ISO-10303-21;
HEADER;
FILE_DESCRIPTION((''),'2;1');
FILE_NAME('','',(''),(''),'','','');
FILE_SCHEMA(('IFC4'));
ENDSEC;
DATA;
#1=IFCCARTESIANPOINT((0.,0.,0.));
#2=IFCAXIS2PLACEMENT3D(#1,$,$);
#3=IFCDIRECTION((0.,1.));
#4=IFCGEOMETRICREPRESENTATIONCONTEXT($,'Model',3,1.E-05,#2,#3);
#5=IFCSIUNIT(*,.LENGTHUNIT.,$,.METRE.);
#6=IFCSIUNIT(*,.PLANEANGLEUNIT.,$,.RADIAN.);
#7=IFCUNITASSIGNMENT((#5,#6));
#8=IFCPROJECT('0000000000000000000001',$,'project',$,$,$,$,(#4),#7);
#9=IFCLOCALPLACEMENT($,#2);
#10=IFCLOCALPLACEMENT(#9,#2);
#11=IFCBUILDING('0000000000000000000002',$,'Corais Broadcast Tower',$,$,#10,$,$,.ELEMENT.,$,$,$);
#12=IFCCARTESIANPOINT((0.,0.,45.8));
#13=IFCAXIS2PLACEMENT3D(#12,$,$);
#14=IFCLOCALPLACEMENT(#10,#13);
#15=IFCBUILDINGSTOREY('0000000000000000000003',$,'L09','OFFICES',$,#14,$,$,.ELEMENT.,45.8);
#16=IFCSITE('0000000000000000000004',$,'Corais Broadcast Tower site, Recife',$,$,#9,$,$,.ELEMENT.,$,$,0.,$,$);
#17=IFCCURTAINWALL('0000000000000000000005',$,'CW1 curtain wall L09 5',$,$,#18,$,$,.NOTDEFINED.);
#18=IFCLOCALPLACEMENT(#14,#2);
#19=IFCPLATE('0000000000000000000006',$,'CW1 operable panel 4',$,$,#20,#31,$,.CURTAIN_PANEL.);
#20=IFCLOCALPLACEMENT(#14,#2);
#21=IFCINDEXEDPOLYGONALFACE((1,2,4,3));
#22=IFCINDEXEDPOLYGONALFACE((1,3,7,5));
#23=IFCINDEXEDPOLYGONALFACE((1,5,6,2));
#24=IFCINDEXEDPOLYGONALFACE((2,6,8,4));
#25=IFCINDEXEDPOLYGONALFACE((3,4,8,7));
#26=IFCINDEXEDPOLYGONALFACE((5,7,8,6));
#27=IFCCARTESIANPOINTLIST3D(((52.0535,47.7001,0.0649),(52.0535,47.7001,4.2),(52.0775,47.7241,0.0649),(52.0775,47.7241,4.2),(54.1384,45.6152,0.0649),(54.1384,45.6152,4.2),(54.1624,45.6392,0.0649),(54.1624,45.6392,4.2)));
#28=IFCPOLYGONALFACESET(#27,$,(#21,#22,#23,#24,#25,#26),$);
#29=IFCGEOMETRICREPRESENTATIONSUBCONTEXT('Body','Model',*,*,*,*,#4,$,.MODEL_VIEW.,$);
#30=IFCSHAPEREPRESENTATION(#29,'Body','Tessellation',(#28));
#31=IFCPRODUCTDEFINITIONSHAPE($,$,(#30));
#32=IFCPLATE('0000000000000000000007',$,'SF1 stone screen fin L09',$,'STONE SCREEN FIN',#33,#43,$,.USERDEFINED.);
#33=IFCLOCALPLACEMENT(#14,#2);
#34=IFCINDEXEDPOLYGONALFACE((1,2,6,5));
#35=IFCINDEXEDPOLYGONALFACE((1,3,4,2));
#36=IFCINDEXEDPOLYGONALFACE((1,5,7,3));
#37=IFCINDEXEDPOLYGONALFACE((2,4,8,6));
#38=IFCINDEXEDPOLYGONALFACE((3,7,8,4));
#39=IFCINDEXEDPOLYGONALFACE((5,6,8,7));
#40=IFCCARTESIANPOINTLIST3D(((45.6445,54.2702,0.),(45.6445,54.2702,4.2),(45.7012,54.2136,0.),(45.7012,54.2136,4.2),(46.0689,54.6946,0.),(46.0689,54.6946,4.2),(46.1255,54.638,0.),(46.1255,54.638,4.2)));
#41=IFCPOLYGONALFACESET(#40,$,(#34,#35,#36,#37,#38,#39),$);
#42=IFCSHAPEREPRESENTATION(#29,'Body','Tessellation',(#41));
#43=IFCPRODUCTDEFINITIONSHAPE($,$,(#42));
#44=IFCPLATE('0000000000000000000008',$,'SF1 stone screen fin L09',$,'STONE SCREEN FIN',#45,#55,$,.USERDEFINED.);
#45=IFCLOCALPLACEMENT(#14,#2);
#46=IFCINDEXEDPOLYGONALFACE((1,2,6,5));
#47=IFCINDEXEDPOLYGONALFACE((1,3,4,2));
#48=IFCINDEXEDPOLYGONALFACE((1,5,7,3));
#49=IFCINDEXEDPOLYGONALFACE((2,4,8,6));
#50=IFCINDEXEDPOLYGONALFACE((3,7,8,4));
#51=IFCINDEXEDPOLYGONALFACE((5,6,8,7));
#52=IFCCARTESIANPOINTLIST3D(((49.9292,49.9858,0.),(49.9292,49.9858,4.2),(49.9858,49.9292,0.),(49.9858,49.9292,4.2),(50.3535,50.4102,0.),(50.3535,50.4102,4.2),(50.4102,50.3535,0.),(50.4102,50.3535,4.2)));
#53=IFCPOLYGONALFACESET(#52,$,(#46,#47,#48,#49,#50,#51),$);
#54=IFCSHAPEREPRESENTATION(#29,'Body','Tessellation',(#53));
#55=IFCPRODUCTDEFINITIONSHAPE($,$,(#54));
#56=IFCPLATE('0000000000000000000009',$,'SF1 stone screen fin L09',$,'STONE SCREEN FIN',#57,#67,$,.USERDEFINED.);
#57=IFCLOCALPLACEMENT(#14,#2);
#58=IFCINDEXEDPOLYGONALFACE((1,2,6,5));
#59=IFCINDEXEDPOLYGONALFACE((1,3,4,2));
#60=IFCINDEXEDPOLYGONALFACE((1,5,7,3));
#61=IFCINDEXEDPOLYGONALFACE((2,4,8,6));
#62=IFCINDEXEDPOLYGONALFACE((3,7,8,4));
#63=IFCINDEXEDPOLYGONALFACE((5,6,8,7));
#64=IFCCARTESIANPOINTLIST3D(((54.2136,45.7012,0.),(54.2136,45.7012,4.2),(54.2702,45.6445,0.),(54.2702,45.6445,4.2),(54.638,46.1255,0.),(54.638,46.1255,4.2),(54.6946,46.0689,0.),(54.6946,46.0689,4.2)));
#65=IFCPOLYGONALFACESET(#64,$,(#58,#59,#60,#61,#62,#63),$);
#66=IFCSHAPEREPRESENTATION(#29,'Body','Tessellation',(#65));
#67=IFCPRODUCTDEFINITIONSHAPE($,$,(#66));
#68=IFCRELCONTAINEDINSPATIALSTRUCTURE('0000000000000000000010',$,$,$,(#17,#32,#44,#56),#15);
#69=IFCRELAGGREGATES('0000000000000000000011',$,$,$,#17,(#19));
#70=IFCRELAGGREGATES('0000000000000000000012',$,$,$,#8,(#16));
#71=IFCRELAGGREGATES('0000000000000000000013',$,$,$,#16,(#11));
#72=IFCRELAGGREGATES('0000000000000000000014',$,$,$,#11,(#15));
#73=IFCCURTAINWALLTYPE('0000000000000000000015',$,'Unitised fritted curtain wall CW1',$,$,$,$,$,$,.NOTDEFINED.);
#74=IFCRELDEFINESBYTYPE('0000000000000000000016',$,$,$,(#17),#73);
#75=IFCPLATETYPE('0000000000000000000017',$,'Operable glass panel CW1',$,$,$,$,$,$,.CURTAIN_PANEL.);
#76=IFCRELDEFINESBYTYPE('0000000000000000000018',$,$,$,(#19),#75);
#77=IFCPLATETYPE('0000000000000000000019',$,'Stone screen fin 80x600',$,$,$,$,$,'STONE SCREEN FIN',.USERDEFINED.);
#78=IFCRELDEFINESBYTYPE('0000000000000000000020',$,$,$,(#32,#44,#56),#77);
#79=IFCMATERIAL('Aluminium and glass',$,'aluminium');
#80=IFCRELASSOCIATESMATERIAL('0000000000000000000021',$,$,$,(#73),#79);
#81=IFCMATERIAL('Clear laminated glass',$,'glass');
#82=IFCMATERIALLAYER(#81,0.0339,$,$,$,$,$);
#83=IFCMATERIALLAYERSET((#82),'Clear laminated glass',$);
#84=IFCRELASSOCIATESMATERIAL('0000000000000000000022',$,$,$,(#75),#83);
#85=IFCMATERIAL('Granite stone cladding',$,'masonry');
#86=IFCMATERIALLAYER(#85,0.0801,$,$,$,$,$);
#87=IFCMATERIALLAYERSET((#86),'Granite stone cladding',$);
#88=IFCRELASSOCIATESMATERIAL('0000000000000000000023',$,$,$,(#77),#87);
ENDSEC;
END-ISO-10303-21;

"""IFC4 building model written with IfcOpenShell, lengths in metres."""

from ifc_helpers import new_model, si_unit, direction, frame, origin, origin_2d, place, context, subcontext, project, spatial, rectangle, extrude, material, layer, layer_set, type_object, element, aggregate, save


model = new_model("IFC4")

# Units and contexts
model_context = context("Model", 3, precision=1e-05, world=origin(), true_north=direction((0.0, 1.0)))
body_context = subcontext(model_context, "Body", "Model", "MODEL_VIEW")
ifc_project = project(units=[si_unit("LENGTHUNIT", "METRE"), si_unit("PLANEANGLEUNIT", "RADIAN")], contexts=[model_context])

# Site, building, storey
site_placement = place(None, origin())
site = spatial("IfcSite", under=ifc_project, at=site_placement, Name="Corais Broadcast Tower site, Recife", CompositionType="ELEMENT", RefElevation=0.0)
building_placement = place(site_placement, origin())
building = spatial("IfcBuilding", under=site, at=building_placement, Name="Corais Broadcast Tower", CompositionType="ELEMENT")
storey_placement = place(building_placement, frame((0.0, 0.0, 45.8)))
storey = spatial("IfcBuildingStorey", under=building, at=storey_placement, Name="L09", Description="OFFICES", CompositionType="ELEMENT", Elevation=45.8)

# Shared definitions
ifc_material_1 = material(Name="Aluminium and glass", Category="aluminium")
curtain_wall_type = type_object("IfcCurtainWallType", Name="Unitised fritted curtain wall CW1", PredefinedType="NOTDEFINED", material=ifc_material_1)

# Curtain wall
curtain_wall_1_placement = place(storey_placement, origin())
curtain_wall_1 = element("IfcCurtainWall", 1, at=curtain_wall_1_placement, inside=storey, type_object=curtain_wall_type, Name="CW1 curtain wall L09 5", PredefinedType="NOTDEFINED")

# Plate
ifc_material_2 = material(Name="Clear laminated glass", Category="glass")
ifc_layer_1 = layer(ifc_material_2, 0.0339)
ifc_layer_set_1 = layer_set([ifc_layer_1], Name="Clear laminated glass")
plate_type_1 = type_object("IfcPlateType", Name="Operable glass panel CW1", PredefinedType="CURTAIN_PANEL", material=ifc_layer_set_1)
plate_1_placement = place(storey_placement, frame((53.1079, 46.6697, 0.0649), z_axis=(0.0, 0.0, 1.0), x_axis=(0.707107, -0.707107, 0.0)))
plate_1 = element("IfcPlate", 2, at=plate_1_placement, type_object=plate_type_1, Name="CW1 operable panel 4", PredefinedType="CURTAIN_PANEL", context=body_context, shape_type="SweptSolid", body=[
    extrude(rectangle(XDim=2.9485, YDim=0.0339, at=origin_2d()), origin(), (0.0, 0.0, 1.0), 4.135),
])
aggregate(curtain_wall_1, [plate_1])

# Plates
ifc_material_3 = material(Name="Granite stone cladding", Category="masonry")
ifc_layer_2 = layer(ifc_material_3, 0.0801)
ifc_layer_set_2 = layer_set([ifc_layer_2], Name="Granite stone cladding")
plate_type_2 = type_object("IfcPlateType", Name="Stone screen fin 80x600", ElementType="STONE SCREEN FIN", PredefinedType="USERDEFINED", material=ifc_layer_set_2)
for number, where, z_axis, x_axis, name in (
    (3, (45.885, 54.4541, 0.0), (0.0, 0.0, 1.0), (0.707107, -0.707107, 0.0), "SF1 stone screen fin L09"),
    (4, (50.1697, 50.1697, 0.0), (0.0, 0.0, 1.0), (0.707107, -0.707107, 0.0), "SF1 stone screen fin L09"),
    (5, (54.4541, 45.885, 0.0), (0.0, 0.0, 1.0), (0.707107, -0.707107, 0.0), "SF1 stone screen fin L09"),
):
    element("IfcPlate", number, at=place(storey_placement, frame(where, z_axis=z_axis, x_axis=x_axis)), inside=storey, type_object=plate_type_2, Name=name, ObjectType="STONE SCREEN FIN", PredefinedType="USERDEFINED", context=body_context, shape_type="SweptSolid", body=[
        extrude(rectangle(XDim=0.0801, YDim=0.6001, at=origin_2d()), origin(), (0.0, 0.0, 1.0), 4.2),
    ])

save(model, "model.ifc")
